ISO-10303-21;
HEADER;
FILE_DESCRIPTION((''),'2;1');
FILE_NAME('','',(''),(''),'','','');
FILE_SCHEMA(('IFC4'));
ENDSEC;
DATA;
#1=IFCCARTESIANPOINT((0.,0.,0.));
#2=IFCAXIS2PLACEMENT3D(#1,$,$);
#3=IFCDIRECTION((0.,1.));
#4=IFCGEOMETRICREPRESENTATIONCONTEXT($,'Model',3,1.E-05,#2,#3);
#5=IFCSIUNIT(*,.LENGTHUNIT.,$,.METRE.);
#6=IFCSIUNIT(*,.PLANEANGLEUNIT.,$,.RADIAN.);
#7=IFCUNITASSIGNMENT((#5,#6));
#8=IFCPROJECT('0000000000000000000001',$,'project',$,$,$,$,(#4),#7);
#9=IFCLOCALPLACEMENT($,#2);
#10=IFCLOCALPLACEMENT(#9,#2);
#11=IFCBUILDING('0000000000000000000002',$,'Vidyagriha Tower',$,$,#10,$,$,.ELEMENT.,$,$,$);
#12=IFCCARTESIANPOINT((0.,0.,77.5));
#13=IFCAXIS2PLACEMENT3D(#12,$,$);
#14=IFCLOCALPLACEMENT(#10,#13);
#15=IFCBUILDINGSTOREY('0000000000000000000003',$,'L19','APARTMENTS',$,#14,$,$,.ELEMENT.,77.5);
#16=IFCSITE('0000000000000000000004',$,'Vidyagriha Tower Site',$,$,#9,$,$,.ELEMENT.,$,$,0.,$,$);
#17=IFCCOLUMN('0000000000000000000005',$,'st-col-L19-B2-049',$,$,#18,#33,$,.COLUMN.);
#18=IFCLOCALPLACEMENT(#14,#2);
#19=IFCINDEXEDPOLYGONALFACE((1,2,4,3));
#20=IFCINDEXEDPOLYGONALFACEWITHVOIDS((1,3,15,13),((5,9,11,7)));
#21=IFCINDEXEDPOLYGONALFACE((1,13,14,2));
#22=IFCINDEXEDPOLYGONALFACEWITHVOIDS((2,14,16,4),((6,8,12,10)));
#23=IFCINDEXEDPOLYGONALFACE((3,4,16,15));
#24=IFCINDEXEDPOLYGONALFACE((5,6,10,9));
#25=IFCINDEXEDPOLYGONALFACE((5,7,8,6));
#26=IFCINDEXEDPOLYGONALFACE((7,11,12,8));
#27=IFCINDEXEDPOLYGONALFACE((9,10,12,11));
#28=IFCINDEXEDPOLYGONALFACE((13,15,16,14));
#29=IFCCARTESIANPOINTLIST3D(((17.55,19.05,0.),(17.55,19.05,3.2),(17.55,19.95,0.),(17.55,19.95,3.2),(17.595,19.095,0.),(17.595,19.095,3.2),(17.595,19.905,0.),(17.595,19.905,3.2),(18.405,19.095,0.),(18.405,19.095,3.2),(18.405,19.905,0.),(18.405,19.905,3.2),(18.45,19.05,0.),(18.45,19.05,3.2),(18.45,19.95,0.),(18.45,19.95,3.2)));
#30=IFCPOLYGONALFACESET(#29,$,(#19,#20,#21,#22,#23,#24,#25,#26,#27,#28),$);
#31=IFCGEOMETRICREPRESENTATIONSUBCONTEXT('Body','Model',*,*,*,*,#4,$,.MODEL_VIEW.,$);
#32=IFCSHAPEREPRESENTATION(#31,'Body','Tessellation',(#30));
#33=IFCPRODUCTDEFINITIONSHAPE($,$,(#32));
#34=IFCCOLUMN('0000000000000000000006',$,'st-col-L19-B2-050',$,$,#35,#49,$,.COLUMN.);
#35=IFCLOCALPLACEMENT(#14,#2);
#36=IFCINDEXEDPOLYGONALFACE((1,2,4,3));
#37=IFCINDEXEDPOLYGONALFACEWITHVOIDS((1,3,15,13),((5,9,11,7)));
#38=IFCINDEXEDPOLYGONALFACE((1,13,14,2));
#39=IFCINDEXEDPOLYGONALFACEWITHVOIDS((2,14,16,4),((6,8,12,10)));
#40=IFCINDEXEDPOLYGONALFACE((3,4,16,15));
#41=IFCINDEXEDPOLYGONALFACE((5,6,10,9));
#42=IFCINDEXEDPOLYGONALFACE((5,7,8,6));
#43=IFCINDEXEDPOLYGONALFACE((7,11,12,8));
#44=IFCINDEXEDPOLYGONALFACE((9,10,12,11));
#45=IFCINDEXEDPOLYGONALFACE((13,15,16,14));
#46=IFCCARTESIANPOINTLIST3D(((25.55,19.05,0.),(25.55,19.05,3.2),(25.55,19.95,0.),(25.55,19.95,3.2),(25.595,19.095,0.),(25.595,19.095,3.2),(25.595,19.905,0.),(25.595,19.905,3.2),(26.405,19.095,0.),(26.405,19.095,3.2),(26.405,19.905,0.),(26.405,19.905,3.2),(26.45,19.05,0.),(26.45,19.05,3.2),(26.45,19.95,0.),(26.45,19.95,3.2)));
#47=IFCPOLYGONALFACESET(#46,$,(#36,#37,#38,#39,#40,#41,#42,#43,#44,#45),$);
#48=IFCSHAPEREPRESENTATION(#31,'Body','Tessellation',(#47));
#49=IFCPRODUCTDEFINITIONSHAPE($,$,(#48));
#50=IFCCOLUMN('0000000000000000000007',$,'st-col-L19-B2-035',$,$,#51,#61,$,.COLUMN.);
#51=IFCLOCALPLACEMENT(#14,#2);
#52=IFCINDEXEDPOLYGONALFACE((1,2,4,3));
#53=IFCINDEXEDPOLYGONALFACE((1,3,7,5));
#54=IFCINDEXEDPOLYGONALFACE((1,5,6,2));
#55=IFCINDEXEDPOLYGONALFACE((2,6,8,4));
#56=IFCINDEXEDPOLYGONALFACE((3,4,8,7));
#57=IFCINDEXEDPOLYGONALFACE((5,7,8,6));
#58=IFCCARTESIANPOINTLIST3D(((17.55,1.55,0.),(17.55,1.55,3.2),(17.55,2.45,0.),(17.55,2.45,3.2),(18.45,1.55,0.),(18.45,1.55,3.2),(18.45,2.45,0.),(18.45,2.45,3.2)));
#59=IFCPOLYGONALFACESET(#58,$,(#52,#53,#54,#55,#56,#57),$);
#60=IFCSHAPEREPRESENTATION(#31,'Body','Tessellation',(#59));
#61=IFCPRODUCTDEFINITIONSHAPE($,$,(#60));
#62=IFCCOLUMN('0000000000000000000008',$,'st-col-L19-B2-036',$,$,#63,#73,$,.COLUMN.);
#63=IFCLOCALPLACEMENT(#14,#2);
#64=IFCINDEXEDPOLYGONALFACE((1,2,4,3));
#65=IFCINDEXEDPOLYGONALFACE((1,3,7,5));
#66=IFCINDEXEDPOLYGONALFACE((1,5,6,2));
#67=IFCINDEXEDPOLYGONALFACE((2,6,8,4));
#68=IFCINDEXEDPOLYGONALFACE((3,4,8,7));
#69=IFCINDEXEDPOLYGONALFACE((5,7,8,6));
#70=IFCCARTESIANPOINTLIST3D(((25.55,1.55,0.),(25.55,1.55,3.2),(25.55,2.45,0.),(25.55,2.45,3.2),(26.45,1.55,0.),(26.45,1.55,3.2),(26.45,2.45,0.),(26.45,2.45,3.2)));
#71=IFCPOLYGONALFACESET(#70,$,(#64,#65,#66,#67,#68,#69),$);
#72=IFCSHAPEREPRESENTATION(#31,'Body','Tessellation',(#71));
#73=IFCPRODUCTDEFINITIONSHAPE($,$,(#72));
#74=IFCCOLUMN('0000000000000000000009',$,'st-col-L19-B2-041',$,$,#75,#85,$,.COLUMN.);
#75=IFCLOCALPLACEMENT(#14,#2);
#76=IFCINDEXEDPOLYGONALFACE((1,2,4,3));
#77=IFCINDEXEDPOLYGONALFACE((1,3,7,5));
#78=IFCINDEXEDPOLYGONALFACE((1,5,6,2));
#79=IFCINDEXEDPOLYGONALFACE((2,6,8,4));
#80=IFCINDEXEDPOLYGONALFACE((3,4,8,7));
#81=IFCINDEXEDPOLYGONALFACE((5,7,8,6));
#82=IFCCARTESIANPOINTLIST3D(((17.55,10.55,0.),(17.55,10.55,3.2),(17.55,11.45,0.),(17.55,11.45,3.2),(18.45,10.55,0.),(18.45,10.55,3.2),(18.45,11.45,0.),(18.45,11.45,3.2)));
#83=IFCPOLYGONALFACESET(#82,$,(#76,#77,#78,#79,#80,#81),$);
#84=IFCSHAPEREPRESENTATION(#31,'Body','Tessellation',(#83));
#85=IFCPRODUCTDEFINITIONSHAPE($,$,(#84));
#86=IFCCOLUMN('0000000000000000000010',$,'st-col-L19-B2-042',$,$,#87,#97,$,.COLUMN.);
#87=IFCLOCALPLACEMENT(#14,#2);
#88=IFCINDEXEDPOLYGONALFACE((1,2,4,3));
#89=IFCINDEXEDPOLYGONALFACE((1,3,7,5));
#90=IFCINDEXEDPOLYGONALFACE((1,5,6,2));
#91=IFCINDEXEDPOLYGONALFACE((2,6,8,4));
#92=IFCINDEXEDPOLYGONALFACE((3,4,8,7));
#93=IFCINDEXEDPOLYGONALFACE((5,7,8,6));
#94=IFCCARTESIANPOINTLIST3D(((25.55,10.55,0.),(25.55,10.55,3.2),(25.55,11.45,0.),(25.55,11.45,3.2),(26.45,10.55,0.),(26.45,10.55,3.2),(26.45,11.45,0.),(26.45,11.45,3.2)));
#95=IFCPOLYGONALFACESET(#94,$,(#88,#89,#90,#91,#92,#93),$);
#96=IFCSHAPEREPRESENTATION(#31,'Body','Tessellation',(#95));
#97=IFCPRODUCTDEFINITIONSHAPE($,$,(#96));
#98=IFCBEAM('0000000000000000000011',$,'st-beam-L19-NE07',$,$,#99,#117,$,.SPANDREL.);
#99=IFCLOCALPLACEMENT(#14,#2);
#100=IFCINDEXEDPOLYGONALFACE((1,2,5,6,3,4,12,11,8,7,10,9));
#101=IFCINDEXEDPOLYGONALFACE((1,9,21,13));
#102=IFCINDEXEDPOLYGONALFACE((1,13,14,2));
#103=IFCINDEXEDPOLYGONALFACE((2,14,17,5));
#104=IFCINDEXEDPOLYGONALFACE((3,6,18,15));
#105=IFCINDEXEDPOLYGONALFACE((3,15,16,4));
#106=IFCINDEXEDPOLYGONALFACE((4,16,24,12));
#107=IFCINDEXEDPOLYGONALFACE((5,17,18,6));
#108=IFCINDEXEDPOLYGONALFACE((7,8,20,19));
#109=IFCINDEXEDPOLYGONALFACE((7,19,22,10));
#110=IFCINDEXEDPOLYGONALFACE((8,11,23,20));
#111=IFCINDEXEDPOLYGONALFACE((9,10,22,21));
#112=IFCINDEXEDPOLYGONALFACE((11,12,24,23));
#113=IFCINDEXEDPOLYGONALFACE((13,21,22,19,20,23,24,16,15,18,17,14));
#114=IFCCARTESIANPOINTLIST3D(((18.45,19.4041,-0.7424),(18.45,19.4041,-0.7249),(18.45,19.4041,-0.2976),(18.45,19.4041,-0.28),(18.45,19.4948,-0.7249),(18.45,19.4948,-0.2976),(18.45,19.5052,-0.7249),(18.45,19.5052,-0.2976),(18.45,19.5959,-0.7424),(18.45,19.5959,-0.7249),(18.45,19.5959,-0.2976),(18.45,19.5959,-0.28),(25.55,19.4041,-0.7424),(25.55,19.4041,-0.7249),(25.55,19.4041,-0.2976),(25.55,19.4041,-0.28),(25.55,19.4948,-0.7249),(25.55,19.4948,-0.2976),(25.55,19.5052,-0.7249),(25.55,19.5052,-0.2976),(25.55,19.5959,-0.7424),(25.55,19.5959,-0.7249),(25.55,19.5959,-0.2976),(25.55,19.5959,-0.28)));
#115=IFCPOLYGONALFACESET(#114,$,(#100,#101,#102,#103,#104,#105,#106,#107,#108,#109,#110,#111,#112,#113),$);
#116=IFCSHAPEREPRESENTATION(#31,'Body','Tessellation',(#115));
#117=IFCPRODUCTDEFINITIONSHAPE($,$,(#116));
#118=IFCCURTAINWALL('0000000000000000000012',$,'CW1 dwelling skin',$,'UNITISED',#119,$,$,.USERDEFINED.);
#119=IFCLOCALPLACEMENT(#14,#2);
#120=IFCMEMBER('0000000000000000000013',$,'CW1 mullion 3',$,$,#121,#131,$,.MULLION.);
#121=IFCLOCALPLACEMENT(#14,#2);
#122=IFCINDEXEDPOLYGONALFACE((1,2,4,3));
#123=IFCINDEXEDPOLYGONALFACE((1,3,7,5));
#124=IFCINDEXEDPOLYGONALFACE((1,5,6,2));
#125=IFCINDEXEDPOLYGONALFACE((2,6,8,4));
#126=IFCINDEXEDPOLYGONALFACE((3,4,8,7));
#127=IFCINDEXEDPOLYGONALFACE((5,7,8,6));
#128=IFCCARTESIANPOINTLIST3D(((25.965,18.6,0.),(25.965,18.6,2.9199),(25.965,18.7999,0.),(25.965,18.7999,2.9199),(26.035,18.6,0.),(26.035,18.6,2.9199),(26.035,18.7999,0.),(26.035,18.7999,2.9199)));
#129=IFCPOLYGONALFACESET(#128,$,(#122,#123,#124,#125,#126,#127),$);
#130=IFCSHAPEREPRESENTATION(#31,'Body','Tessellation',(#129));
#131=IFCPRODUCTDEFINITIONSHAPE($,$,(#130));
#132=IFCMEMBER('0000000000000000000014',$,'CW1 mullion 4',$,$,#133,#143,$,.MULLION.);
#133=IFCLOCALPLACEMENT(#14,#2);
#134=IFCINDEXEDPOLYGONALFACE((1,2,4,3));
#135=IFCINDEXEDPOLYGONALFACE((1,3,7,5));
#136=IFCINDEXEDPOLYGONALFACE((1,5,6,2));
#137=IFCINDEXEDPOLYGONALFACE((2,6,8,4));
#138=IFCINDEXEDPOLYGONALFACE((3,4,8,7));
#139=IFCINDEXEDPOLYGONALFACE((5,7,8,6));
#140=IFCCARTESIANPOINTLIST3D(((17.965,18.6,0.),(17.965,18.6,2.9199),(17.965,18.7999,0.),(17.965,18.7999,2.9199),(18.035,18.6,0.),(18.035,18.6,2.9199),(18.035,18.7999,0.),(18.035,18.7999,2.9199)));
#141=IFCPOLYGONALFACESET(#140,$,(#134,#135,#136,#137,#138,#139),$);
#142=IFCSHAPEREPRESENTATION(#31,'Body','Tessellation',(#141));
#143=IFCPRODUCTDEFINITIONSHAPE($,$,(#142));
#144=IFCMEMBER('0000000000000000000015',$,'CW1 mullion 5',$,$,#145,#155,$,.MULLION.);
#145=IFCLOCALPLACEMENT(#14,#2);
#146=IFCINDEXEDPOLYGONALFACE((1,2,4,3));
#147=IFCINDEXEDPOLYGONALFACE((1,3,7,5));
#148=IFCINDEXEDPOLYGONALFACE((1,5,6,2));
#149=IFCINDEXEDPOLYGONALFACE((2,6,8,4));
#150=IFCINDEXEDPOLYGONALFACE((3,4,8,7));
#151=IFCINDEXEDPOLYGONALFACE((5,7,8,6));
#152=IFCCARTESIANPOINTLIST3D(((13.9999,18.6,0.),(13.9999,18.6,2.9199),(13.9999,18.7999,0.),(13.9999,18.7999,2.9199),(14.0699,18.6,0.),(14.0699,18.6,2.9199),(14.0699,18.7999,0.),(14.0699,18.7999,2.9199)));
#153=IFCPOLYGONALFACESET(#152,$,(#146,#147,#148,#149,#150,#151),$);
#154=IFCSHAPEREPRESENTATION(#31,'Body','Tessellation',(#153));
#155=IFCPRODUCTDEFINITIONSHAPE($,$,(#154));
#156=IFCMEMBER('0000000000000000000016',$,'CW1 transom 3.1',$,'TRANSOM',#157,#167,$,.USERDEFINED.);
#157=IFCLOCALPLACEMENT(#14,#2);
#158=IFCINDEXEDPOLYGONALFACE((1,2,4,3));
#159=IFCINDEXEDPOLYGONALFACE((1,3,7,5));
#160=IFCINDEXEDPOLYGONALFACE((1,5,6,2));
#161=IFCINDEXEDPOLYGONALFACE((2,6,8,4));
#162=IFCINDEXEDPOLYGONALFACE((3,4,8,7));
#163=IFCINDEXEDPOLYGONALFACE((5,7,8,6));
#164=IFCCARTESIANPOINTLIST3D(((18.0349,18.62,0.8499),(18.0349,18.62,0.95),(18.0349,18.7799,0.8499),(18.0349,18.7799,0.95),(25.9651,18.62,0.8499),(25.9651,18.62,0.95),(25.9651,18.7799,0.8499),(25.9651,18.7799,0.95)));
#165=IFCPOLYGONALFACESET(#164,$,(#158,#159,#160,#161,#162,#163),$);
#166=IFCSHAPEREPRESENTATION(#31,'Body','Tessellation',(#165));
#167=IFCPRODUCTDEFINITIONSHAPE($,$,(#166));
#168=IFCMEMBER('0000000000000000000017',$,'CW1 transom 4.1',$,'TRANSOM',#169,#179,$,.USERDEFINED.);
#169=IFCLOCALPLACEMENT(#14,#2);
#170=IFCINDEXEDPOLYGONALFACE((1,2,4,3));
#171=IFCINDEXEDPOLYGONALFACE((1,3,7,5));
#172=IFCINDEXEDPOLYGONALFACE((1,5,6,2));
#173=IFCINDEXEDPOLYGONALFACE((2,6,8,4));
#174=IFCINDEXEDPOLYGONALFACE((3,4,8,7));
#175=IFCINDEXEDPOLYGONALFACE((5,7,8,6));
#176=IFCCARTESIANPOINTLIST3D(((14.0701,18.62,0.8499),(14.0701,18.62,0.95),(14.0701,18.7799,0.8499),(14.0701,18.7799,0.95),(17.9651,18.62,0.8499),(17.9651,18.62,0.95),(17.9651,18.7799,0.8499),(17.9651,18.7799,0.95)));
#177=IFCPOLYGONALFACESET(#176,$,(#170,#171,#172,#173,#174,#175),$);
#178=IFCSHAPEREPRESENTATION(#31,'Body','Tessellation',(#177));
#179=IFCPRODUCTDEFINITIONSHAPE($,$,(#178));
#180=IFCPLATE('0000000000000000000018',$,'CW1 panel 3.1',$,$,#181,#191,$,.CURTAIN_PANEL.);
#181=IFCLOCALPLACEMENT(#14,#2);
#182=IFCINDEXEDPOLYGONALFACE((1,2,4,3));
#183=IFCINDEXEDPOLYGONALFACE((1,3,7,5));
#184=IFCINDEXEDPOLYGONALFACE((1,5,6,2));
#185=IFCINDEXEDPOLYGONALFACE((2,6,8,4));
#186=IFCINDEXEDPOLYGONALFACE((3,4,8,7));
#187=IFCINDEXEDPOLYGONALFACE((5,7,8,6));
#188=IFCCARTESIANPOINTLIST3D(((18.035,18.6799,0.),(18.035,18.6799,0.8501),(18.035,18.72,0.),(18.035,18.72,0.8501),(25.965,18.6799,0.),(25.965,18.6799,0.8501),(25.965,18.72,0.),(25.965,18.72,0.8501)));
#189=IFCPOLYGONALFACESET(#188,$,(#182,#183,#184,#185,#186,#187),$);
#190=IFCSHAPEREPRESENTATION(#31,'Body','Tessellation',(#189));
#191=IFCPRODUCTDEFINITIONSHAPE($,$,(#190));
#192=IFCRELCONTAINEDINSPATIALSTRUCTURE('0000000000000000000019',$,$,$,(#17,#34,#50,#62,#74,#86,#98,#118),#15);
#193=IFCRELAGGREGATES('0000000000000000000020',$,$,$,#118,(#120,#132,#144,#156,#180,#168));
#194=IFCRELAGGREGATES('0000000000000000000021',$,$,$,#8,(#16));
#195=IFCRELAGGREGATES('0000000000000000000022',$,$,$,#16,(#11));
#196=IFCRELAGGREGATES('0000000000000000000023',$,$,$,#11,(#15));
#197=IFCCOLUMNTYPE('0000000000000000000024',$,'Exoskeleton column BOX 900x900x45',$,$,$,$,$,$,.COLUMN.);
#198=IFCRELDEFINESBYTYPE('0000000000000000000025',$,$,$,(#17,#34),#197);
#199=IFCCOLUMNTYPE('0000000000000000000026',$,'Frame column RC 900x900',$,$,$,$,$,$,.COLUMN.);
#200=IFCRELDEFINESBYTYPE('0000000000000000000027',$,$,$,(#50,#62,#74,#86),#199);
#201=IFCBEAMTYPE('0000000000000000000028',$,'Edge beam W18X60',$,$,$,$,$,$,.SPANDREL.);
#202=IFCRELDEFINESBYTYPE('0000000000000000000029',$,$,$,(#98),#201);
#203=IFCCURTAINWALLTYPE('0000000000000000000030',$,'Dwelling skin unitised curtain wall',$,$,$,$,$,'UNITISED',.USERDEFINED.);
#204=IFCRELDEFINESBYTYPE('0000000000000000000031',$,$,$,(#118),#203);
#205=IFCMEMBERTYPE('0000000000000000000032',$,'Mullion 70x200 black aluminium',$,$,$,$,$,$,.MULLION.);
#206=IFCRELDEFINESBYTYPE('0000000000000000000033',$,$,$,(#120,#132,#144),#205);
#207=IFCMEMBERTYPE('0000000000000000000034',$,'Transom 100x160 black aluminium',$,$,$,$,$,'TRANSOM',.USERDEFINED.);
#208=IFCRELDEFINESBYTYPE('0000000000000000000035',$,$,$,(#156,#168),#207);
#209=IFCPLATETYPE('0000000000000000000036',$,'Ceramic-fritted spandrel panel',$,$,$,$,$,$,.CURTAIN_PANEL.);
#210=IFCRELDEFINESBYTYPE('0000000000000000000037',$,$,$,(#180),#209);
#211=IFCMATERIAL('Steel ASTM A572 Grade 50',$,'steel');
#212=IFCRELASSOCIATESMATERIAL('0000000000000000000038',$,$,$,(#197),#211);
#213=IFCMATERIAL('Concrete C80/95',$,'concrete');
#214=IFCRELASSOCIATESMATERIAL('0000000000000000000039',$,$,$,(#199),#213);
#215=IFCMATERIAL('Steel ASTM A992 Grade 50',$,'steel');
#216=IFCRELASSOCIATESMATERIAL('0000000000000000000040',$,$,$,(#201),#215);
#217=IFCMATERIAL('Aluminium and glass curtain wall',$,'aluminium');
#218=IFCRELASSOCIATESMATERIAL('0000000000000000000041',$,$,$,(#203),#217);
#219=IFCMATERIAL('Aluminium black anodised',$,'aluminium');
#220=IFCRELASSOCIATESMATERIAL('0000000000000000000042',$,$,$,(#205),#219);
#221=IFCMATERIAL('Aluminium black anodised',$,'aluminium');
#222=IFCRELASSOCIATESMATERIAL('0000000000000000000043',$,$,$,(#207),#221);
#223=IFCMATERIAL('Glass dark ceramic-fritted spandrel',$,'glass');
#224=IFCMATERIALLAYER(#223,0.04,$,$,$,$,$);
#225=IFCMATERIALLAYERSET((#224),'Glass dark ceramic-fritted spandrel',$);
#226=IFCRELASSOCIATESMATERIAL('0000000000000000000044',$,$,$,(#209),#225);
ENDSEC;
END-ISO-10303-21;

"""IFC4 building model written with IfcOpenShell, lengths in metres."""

from ifc_helpers import new_model, si_unit, direction, frame, origin, origin_2d, place, context, subcontext, project, spatial, rectangle, hollow_rectangle, i_section, extrude, material, layer, layer_set, material_profile, profile_set, type_object, element, aggregate, save


model = new_model("IFC4")

# Units and contexts
model_context = context("Model", 3, precision=1e-05, world=origin(), true_north=direction((0.0, 1.0)))
body_context = subcontext(model_context, "Body", "Model", "MODEL_VIEW")
ifc_project = project(units=[si_unit("LENGTHUNIT", "METRE"), si_unit("PLANEANGLEUNIT", "RADIAN")], contexts=[model_context])

# Site, building, storey
site_placement = place(None, origin())
site = spatial("IfcSite", under=ifc_project, at=site_placement, Name="Vidyagriha Tower Site", CompositionType="ELEMENT", RefElevation=0.0)
building_placement = place(site_placement, origin())
building = spatial("IfcBuilding", under=site, at=building_placement, Name="Vidyagriha Tower", CompositionType="ELEMENT")
storey_placement = place(building_placement, frame((0.0, 0.0, 77.5)))
storey = spatial("IfcBuildingStorey", under=building, at=storey_placement, Name="L19", Description="APARTMENTS", CompositionType="ELEMENT", Elevation=77.5)

# Columns
ifc_material_1 = material(Name="Steel ASTM A572 Grade 50", Category="steel")
ifc_material_profile_1 = material_profile(ifc_material_1, hollow_rectangle(XDim=0.8999, YDim=0.8999, WallThickness=0.0449, at=origin_2d()), Name="BOX 900x900x45")
ifc_profile_set_1 = profile_set([ifc_material_profile_1], Name="Steel ASTM A572 Grade 50")
column_type_1 = type_object("IfcColumnType", Name="Exoskeleton column BOX 900x900x45", PredefinedType="COLUMN", material=ifc_profile_set_1)
for number, where, name in (
    (1, (18.0, 19.5, 0.0), "st-col-L19-B2-049"),
    (2, (26.0, 19.5, 0.0), "st-col-L19-B2-050"),
):
    element("IfcColumn", number, at=place(storey_placement, frame(where)), inside=storey, type_object=column_type_1, Name=name, PredefinedType="COLUMN", context=body_context, shape_type="SweptSolid", body=[
        extrude(hollow_rectangle(XDim=0.8999, YDim=0.8999, WallThickness=0.0449, at=origin_2d()), origin(), (0.0, 0.0, 1.0), 3.2),
    ])
ifc_material_2 = material(Name="Concrete C80/95", Category="concrete")
ifc_material_profile_2 = material_profile(ifc_material_2, rectangle(XDim=0.8999, YDim=0.8999, at=origin_2d()), Name="RC 900x900")
ifc_profile_set_2 = profile_set([ifc_material_profile_2], Name="Concrete C80/95")
column_type_2 = type_object("IfcColumnType", Name="Frame column RC 900x900", PredefinedType="COLUMN", material=ifc_profile_set_2)
for number, where, name in (
    (3, (18.0, 2.0, 0.0), "st-col-L19-B2-035"),
    (4, (26.0, 2.0, 0.0), "st-col-L19-B2-036"),
    (5, (18.0, 11.0, 0.0), "st-col-L19-B2-041"),
    (6, (26.0, 11.0, 0.0), "st-col-L19-B2-042"),
):
    element("IfcColumn", number, at=place(storey_placement, frame(where)), inside=storey, type_object=column_type_2, Name=name, PredefinedType="COLUMN", context=body_context, shape_type="SweptSolid", body=[
        extrude(rectangle(XDim=0.8999, YDim=0.8999, at=origin_2d()), origin(), (0.0, 0.0, 1.0), 3.2),
    ])

# Beam
ifc_material_3 = material(Name="Steel ASTM A992 Grade 50", Category="steel")
ifc_material_profile_3 = material_profile(ifc_material_3, i_section(OverallWidth=0.1919, OverallDepth=0.4624, WebThickness=0.0105, FlangeThickness=0.0176, at=origin_2d()), Name="W18X60")
ifc_profile_set_3 = profile_set([ifc_material_profile_3], Name="Steel ASTM A992 Grade 50")
beam_type = type_object("IfcBeamType", Name="Edge beam W18X60", PredefinedType="SPANDREL", material=ifc_profile_set_3)
beam_placement = place(storey_placement, frame((18.45, 19.5, -0.5112), z_axis=(1.0, 0.0, 0.0), x_axis=(0.0, 1.0, 0.0)))
element("IfcBeam", 7, at=beam_placement, inside=storey, type_object=beam_type, Name="st-beam-L19-NE07", PredefinedType="SPANDREL", context=body_context, shape_type="SweptSolid", body=[
    extrude(i_section(OverallWidth=0.1919, OverallDepth=0.4624, WebThickness=0.0105, FlangeThickness=0.0176, at=origin_2d()), origin(), (0.0, 0.0, 1.0), 7.1001),
])

# Curtain wall, members, plate
ifc_material_4 = material(Name="Aluminium and glass curtain wall", Category="aluminium")
curtain_wall_type = type_object("IfcCurtainWallType", Name="Dwelling skin unitised curtain wall", ElementType="UNITISED", PredefinedType="USERDEFINED", material=ifc_material_4)
curtain_wall_placement = place(storey_placement, origin())
curtain_wall = element("IfcCurtainWall", 8, at=curtain_wall_placement, inside=storey, type_object=curtain_wall_type, Name="CW1 dwelling skin", ObjectType="UNITISED", PredefinedType="USERDEFINED")
ifc_material_5 = material(Name="Aluminium black anodised", Category="aluminium")
ifc_material_profile_4 = material_profile(ifc_material_5, rectangle(XDim=0.2, YDim=0.0701, at=origin_2d()), Name="Mullion 70x200 black aluminium")
ifc_profile_set_4 = profile_set([ifc_material_profile_4], Name="Aluminium black anodised")
member_type_1 = type_object("IfcMemberType", Name="Mullion 70x200 black aluminium", PredefinedType="MULLION", material=ifc_profile_set_4)
member_1_placement = place(storey_placement, frame((26.0, 18.7, 0.0), z_axis=(0.0, 0.0, 1.0), x_axis=(0.0, -1.0, 0.0)))
member_1 = element("IfcMember", 9, at=member_1_placement, type_object=member_type_1, Name="CW1 mullion 3", PredefinedType="MULLION", context=body_context, shape_type="SweptSolid", body=[
    extrude(rectangle(XDim=0.2, YDim=0.0701, at=origin_2d()), origin(), (0.0, 0.0, 1.0), 2.9199),
])
member_2_placement = place(storey_placement, frame((18.0, 18.7, 0.0), z_axis=(0.0, 0.0, 1.0), x_axis=(0.0, -1.0, 0.0)))
member_2 = element("IfcMember", 10, at=member_2_placement, type_object=member_type_1, Name="CW1 mullion 4", PredefinedType="MULLION", context=body_context, shape_type="SweptSolid", body=[
    extrude(rectangle(XDim=0.2, YDim=0.0701, at=origin_2d()), origin(), (0.0, 0.0, 1.0), 2.9199),
])
member_3_placement = place(storey_placement, frame((14.0349, 18.7, 0.0), z_axis=(0.0, 0.0, 1.0), x_axis=(0.0, -1.0, 0.0)))
member_3 = element("IfcMember", 11, at=member_3_placement, type_object=member_type_1, Name="CW1 mullion 5", PredefinedType="MULLION", context=body_context, shape_type="SweptSolid", body=[
    extrude(rectangle(XDim=0.2, YDim=0.0701, at=origin_2d()), origin(), (0.0, 0.0, 1.0), 2.9199),
])
ifc_material_6 = material(Name="Aluminium black anodised", Category="aluminium")
ifc_material_profile_5 = material_profile(ifc_material_6, rectangle(XDim=0.1599, YDim=0.1001, at=origin_2d()), Name="Transom 100x160 black aluminium")
ifc_profile_set_5 = profile_set([ifc_material_profile_5], Name="Aluminium black anodised")
member_type_2 = type_object("IfcMemberType", Name="Transom 100x160 black aluminium", ElementType="TRANSOM", PredefinedType="USERDEFINED", material=ifc_profile_set_5)
member_4_placement = place(storey_placement, frame((25.9651, 18.7, 0.8999), z_axis=(-1.0, 0.0, 0.0), x_axis=(0.0, -1.0, 0.0)))
member_4 = element("IfcMember", 12, at=member_4_placement, type_object=member_type_2, Name="CW1 transom 3.1", ObjectType="TRANSOM", PredefinedType="USERDEFINED", context=body_context, shape_type="SweptSolid", body=[
    extrude(rectangle(XDim=0.1599, YDim=0.1001, at=origin_2d()), origin(), (0.0, 0.0, 1.0), 7.9302),
])
member_5_placement = place(storey_placement, frame((17.9651, 18.7, 0.8999), z_axis=(-1.0, 0.0, 0.0), x_axis=(0.0, -1.0, 0.0)))
member_5 = element("IfcMember", 13, at=member_5_placement, type_object=member_type_2, Name="CW1 transom 4.1", ObjectType="TRANSOM", PredefinedType="USERDEFINED", context=body_context, shape_type="SweptSolid", body=[
    extrude(rectangle(XDim=0.1599, YDim=0.1001, at=origin_2d()), origin(), (0.0, 0.0, 1.0), 3.895),
])
ifc_material_7 = material(Name="Glass dark ceramic-fritted spandrel", Category="glass")
ifc_layer_1 = layer(ifc_material_7, 0.04)
ifc_layer_set_1 = layer_set([ifc_layer_1], Name="Glass dark ceramic-fritted spandrel")
plate_type_1 = type_object("IfcPlateType", Name="Ceramic-fritted spandrel panel", PredefinedType="CURTAIN_PANEL", material=ifc_layer_set_1)
plate_1_placement = place(storey_placement, frame((22.0, 18.7, 0.0), z_axis=(0.0, 0.0, 1.0), x_axis=(-1.0, 0.0, 0.0)))
plate_1 = element("IfcPlate", 14, at=plate_1_placement, type_object=plate_type_1, Name="CW1 panel 3.1", PredefinedType="CURTAIN_PANEL", context=body_context, shape_type="SweptSolid", body=[
    extrude(rectangle(XDim=7.9299, YDim=0.04, at=origin_2d()), origin(), (0.0, 0.0, 1.0), 0.8501),
])
aggregate(curtain_wall, [member_1, member_2, member_3, member_4, plate_1, member_5])

save(model, "model.ifc")
